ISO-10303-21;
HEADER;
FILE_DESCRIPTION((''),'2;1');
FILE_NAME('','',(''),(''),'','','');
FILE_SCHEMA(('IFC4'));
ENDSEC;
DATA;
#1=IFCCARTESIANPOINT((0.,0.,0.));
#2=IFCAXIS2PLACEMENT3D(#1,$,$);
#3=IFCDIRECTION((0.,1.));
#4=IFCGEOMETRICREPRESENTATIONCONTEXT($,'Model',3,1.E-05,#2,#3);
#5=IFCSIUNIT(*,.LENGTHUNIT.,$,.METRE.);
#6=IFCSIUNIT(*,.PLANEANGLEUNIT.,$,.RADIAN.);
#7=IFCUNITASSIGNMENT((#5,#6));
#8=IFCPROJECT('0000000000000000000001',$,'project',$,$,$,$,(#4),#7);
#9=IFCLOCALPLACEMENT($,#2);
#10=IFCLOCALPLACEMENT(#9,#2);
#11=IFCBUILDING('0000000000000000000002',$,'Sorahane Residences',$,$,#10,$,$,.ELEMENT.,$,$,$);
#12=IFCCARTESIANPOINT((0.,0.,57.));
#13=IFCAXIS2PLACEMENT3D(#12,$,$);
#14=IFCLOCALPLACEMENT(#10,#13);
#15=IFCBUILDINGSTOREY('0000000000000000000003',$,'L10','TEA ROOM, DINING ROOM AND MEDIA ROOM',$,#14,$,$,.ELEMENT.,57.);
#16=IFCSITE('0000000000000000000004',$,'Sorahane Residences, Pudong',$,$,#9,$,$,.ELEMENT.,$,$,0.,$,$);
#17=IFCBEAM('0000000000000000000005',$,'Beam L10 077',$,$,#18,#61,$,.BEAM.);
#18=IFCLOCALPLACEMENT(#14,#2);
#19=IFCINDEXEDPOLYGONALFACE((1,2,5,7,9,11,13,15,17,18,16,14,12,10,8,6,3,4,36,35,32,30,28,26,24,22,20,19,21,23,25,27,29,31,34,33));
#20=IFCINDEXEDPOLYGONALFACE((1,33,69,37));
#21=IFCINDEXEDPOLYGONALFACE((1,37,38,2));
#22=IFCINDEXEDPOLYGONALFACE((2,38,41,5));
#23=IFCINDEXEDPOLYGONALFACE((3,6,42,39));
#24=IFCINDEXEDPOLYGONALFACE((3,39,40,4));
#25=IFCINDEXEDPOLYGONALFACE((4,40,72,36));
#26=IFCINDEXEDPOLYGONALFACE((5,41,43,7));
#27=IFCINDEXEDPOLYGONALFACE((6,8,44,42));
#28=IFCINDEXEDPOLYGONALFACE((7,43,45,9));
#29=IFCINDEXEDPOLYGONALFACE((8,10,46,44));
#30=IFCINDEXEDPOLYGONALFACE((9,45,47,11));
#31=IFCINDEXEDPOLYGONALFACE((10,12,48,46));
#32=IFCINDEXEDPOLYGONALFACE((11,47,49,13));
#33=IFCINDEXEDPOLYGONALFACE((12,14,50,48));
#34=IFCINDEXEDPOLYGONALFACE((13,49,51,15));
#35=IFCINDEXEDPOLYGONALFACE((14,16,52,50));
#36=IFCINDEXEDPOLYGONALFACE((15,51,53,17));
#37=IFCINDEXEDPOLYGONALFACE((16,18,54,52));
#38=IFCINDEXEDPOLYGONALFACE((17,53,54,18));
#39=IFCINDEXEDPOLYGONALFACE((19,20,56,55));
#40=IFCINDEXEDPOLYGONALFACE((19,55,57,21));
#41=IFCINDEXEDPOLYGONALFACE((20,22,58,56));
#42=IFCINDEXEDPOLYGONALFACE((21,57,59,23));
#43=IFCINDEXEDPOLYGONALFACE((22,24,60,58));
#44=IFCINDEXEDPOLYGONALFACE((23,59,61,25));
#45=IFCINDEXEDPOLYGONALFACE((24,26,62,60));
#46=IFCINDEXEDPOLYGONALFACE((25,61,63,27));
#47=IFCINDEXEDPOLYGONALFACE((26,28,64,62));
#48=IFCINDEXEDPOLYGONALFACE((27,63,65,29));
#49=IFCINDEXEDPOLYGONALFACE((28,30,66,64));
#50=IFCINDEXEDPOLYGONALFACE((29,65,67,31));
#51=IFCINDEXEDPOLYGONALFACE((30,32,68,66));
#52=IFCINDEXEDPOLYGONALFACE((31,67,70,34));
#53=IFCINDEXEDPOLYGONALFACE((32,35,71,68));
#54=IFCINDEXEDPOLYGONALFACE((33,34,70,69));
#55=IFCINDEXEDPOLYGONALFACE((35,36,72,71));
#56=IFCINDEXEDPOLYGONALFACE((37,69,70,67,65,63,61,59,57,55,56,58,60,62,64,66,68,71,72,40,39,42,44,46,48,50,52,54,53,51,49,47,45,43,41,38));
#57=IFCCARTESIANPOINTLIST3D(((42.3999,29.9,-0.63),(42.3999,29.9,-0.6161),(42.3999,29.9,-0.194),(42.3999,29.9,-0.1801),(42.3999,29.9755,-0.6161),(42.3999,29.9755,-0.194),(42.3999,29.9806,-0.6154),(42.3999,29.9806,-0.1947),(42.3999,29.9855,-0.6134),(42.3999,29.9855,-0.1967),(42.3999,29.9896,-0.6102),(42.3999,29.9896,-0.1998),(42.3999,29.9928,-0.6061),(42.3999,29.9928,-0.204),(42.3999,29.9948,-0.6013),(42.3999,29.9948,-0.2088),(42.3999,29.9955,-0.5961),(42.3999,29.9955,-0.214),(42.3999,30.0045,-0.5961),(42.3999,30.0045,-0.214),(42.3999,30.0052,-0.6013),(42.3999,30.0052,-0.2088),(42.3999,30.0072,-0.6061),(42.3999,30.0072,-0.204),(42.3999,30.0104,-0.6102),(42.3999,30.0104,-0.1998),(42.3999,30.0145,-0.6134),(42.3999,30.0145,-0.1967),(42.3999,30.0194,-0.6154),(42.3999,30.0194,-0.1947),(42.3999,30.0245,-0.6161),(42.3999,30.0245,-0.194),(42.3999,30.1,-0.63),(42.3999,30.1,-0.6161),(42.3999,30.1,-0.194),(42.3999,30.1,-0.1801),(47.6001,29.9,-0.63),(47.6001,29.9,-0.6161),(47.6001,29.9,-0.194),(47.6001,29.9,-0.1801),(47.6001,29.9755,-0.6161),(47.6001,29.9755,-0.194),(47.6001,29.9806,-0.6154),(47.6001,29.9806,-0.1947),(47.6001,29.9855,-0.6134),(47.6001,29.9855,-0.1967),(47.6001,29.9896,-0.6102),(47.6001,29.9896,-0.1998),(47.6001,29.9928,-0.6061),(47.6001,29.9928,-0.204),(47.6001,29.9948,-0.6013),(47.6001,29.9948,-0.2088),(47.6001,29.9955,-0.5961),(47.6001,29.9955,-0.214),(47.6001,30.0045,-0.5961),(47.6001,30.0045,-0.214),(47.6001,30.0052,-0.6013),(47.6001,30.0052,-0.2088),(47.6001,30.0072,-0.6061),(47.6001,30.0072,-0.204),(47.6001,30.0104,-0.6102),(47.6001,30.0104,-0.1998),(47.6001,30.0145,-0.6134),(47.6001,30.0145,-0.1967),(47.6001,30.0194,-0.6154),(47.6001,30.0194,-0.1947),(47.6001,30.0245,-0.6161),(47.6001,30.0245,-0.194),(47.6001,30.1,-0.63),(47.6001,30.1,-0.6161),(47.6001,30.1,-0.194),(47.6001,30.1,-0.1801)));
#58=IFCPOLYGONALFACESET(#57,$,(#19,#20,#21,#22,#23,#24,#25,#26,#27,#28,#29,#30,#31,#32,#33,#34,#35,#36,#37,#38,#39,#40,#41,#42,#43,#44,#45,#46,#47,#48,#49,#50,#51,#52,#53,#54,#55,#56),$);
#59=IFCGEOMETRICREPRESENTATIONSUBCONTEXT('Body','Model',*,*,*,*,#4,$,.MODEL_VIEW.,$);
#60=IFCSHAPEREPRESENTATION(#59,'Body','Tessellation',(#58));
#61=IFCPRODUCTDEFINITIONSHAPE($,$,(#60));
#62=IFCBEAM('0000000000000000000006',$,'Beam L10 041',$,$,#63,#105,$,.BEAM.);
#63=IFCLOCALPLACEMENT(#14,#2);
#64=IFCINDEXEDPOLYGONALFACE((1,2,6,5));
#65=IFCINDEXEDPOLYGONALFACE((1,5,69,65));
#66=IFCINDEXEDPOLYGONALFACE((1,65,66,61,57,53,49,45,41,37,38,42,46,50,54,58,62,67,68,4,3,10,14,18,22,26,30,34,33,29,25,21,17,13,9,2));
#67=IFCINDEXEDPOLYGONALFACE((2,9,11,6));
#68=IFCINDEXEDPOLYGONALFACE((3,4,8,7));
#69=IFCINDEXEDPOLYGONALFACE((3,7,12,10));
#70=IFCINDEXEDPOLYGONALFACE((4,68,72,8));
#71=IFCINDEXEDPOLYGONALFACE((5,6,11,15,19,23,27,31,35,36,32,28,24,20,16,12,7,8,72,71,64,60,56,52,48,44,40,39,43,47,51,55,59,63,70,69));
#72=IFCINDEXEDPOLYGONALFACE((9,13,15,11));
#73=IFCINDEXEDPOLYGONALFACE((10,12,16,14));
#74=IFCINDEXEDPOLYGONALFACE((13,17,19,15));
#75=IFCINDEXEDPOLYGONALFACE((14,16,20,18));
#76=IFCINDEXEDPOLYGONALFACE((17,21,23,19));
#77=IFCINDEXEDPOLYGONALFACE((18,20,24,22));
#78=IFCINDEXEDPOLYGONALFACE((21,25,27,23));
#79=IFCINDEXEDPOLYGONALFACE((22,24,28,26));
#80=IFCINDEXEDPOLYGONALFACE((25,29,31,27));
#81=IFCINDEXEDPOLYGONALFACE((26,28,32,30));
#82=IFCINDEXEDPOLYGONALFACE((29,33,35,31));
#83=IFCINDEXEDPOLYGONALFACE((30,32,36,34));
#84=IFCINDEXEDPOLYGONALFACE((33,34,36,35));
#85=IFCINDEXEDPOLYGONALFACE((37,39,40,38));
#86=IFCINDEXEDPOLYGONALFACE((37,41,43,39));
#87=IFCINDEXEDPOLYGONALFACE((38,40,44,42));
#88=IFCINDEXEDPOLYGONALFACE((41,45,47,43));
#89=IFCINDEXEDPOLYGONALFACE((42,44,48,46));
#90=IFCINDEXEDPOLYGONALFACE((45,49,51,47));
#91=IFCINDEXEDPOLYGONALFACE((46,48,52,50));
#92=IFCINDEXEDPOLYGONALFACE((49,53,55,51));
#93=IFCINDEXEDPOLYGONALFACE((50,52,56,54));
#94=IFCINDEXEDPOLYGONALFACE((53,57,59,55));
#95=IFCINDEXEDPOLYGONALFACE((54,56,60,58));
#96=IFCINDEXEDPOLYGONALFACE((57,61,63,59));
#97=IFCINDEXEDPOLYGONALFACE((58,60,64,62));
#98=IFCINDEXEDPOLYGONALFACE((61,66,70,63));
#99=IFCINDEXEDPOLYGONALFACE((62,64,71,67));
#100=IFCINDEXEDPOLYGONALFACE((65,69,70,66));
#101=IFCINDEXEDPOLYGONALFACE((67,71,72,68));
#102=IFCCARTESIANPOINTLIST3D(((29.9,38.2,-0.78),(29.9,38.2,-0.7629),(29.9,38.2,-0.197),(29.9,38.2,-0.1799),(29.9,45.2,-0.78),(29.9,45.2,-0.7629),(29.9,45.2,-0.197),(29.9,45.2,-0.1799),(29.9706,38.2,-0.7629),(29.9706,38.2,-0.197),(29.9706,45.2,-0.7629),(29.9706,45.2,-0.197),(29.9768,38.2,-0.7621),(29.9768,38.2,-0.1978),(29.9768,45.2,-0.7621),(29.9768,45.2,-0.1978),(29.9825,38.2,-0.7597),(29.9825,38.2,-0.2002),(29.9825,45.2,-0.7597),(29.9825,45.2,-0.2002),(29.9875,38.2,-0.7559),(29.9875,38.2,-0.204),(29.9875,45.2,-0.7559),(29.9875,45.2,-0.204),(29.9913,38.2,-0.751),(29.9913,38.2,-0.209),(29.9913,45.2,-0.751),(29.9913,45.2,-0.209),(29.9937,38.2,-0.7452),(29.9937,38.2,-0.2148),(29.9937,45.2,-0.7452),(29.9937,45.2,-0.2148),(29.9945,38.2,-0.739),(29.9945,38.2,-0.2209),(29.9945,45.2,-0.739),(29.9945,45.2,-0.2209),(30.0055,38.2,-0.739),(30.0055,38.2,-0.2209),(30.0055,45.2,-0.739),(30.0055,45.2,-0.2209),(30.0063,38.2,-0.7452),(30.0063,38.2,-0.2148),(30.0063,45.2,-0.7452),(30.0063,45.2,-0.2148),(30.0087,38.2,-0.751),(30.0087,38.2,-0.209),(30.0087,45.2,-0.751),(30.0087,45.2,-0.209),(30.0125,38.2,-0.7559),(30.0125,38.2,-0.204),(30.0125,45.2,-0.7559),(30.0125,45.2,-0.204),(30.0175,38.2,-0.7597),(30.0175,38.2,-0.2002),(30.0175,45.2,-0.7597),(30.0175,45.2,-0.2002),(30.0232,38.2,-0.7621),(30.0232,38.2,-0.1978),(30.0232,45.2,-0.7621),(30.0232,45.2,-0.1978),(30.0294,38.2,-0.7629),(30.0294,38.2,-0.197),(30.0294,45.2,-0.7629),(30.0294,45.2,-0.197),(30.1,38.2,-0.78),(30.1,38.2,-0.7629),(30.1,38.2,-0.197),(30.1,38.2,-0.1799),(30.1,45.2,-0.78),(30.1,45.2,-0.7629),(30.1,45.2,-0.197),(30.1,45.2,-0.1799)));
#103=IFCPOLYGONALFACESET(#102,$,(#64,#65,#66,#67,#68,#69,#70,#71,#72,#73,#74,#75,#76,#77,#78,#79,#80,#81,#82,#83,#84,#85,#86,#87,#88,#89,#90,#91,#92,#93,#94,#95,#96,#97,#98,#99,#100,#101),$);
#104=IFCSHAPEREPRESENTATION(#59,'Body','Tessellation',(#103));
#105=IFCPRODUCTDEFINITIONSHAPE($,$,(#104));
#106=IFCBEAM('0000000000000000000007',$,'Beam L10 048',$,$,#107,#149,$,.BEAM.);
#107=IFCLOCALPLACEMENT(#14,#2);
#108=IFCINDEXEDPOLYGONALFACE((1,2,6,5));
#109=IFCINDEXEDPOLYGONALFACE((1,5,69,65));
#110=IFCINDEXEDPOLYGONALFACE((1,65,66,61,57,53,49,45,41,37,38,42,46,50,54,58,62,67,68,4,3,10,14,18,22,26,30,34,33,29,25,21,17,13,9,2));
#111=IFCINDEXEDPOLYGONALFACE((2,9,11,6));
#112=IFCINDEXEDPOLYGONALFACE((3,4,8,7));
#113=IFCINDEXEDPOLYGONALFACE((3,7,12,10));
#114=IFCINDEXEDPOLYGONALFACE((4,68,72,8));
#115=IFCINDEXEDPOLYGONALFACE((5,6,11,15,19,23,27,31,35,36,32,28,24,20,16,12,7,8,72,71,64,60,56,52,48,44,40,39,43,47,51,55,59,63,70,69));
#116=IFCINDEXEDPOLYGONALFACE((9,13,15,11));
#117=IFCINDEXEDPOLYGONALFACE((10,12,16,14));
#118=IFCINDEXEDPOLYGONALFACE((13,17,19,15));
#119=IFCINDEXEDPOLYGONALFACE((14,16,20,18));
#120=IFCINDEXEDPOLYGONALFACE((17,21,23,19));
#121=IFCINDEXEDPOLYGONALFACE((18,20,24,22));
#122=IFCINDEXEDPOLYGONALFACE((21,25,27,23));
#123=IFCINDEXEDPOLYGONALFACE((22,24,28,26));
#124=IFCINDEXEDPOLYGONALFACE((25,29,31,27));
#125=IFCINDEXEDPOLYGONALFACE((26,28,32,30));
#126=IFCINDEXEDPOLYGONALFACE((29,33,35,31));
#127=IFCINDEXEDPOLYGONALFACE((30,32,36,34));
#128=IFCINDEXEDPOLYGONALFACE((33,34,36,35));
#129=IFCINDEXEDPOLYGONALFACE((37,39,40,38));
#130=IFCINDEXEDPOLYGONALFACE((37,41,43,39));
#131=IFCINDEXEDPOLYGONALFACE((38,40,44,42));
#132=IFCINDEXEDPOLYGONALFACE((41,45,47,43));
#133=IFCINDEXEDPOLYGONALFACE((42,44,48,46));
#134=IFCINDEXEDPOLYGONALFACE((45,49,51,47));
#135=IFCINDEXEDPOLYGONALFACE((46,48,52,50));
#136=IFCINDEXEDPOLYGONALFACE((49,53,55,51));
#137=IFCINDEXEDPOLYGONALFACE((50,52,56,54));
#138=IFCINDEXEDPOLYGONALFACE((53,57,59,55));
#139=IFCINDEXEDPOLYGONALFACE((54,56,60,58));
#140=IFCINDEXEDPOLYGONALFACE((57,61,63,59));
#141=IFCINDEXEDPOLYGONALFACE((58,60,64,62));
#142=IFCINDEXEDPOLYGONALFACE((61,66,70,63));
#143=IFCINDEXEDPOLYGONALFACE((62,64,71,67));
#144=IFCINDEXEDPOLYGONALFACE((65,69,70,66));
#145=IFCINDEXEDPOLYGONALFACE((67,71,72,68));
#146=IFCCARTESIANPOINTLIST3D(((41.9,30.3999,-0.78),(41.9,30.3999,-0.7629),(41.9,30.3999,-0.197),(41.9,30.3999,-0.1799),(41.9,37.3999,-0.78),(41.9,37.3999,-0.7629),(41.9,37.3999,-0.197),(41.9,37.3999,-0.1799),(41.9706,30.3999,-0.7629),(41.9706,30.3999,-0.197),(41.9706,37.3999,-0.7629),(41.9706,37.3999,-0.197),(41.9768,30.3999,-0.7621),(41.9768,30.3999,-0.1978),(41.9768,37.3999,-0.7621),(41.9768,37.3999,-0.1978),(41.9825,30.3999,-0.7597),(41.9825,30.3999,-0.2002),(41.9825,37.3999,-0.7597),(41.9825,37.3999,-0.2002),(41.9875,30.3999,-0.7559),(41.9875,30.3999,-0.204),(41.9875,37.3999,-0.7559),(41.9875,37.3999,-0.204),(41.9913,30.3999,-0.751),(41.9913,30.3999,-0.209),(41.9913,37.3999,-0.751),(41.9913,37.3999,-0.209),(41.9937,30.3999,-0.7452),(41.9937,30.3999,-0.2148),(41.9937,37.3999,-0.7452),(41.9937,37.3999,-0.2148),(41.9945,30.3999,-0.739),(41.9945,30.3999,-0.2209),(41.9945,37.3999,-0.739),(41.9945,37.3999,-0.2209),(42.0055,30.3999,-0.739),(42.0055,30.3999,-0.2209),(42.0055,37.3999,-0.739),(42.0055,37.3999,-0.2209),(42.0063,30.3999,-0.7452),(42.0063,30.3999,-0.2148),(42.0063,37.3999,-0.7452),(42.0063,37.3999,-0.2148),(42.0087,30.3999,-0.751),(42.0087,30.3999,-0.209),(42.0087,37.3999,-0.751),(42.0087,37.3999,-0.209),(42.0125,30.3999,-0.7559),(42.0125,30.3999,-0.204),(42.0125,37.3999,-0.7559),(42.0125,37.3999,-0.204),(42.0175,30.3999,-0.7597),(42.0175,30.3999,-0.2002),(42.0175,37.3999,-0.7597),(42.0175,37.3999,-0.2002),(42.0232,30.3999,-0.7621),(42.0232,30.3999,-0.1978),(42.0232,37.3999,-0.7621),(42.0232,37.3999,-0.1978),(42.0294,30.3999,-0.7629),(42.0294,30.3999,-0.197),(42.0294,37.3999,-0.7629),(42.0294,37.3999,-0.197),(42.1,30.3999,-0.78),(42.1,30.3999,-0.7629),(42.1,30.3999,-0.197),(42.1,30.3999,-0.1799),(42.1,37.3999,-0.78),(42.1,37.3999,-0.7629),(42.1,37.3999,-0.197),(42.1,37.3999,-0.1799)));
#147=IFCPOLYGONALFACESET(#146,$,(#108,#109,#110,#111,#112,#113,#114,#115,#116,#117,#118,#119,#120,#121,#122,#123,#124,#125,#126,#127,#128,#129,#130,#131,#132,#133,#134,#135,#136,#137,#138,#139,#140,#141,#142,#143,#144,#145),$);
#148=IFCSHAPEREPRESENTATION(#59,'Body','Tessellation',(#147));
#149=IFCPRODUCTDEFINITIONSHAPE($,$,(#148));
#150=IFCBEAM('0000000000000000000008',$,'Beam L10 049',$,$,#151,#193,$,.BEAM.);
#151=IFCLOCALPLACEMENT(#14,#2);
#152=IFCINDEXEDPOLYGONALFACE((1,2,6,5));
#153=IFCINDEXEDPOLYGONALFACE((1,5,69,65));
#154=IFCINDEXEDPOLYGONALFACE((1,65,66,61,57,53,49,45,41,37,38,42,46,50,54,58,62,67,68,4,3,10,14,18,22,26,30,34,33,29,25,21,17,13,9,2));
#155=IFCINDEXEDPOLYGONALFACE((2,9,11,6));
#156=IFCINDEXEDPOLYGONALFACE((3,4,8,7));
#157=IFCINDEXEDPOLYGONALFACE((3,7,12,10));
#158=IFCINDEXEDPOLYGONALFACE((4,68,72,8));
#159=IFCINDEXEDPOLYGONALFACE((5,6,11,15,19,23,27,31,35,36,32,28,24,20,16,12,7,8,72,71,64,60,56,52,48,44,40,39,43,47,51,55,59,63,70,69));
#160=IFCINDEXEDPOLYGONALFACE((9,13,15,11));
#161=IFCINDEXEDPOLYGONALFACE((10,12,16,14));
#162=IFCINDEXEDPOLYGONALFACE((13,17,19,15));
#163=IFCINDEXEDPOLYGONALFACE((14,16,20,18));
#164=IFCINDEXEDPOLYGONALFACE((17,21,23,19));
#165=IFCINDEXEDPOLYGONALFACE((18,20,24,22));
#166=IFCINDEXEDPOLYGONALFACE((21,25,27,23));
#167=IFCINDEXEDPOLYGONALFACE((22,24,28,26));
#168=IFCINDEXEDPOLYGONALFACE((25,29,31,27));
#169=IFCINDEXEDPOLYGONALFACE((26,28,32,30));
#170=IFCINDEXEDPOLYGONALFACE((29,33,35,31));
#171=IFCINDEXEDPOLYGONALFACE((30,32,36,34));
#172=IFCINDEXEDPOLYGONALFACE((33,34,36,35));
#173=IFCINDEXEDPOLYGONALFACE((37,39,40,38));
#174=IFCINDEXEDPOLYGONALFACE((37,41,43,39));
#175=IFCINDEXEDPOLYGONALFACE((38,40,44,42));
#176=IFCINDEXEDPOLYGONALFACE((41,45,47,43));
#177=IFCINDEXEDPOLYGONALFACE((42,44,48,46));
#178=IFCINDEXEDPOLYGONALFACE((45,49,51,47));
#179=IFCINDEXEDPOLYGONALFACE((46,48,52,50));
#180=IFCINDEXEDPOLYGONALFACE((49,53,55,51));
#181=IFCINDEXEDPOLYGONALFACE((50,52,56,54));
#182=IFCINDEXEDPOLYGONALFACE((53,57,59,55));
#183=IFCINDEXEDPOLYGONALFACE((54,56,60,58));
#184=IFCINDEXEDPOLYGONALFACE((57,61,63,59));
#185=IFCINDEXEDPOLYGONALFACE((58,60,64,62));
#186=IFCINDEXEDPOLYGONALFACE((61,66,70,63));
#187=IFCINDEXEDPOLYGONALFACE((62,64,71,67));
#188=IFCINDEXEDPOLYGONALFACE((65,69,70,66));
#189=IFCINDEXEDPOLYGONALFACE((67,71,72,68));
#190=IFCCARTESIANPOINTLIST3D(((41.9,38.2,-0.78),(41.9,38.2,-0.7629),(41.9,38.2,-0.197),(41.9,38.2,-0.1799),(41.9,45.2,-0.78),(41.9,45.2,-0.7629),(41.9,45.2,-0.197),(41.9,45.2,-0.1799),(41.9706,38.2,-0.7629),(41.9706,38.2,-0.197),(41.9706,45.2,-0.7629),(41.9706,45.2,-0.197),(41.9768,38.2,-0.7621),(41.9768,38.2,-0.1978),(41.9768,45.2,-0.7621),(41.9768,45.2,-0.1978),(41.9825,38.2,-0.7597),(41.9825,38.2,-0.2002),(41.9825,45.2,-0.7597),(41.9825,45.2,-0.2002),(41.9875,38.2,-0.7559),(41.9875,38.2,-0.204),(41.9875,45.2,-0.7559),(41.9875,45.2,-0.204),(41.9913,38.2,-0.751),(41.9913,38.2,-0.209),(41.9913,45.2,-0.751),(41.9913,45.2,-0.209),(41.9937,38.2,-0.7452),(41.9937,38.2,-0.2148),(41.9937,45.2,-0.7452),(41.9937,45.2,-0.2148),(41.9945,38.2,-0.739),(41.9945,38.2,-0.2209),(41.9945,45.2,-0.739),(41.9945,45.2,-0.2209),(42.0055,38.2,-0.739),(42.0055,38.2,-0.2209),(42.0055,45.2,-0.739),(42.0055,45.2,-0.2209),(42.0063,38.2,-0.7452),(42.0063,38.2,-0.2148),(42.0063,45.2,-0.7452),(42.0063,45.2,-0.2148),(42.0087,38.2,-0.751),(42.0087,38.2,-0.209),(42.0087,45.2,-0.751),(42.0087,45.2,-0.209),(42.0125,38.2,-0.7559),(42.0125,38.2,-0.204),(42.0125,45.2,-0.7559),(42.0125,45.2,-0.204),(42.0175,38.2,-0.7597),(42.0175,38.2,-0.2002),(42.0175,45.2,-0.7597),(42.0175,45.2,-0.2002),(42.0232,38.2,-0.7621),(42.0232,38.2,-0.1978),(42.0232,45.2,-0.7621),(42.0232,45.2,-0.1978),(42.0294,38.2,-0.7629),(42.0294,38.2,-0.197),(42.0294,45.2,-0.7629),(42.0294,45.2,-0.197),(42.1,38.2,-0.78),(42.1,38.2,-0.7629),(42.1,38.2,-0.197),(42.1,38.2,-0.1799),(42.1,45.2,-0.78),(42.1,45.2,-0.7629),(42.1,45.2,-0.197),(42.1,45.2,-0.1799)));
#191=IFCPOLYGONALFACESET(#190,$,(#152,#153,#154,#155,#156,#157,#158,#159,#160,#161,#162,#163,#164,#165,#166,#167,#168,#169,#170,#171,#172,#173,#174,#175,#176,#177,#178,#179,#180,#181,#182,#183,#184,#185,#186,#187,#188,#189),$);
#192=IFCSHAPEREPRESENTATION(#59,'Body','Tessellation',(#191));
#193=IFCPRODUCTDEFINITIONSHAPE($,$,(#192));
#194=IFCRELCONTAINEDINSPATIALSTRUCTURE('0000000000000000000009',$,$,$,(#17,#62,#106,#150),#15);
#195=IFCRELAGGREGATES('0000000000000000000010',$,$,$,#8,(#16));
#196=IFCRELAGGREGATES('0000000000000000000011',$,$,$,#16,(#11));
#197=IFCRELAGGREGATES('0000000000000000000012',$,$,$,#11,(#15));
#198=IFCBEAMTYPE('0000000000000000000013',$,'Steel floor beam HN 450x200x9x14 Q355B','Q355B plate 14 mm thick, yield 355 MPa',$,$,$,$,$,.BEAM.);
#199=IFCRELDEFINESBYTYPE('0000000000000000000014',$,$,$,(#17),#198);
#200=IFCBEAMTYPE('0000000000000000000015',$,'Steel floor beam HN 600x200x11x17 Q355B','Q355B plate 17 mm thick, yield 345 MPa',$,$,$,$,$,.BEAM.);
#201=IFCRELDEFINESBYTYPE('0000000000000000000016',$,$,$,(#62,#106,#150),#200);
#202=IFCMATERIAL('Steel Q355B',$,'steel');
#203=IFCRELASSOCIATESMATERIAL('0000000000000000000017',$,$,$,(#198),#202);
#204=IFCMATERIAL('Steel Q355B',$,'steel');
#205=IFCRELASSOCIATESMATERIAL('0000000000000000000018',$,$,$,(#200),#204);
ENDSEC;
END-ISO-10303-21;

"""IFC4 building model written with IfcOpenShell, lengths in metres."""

from ifc_helpers import new_model, si_unit, direction, frame, origin, origin_2d, place, context, subcontext, project, spatial, i_section, extrude, material, material_profile, profile_set, type_object, element, save


model = new_model("IFC4")

# Units and contexts
model_context = context("Model", 3, precision=1e-05, world=origin(), true_north=direction((0.0, 1.0)))
body_context = subcontext(model_context, "Body", "Model", "MODEL_VIEW")
ifc_project = project(units=[si_unit("LENGTHUNIT", "METRE"), si_unit("PLANEANGLEUNIT", "RADIAN")], contexts=[model_context])

# Site, building, storey
site_placement = place(None, origin())
site = spatial("IfcSite", under=ifc_project, at=site_placement, Name="Sorahane Residences, Pudong", CompositionType="ELEMENT", RefElevation=0.0)
building_placement = place(site_placement, origin())
building = spatial("IfcBuilding", under=site, at=building_placement, Name="Sorahane Residences", CompositionType="ELEMENT")
storey_placement = place(building_placement, frame((0.0, 0.0, 57.0)))
storey = spatial("IfcBuildingStorey", under=building, at=storey_placement, Name="L10", Description="TEA ROOM, DINING ROOM AND MEDIA ROOM", CompositionType="ELEMENT", Elevation=57.0)

# Beams
ifc_material_1 = material(Name="Steel Q355B", Category="steel")
ifc_material_profile_1 = material_profile(ifc_material_1, i_section(OverallWidth=0.2, OverallDepth=0.45, WebThickness=0.009, FlangeThickness=0.0139, FilletRadius=0.02, at=origin_2d()), Name="HN 450x200x9x14")
ifc_profile_set_1 = profile_set([ifc_material_profile_1], Name="Steel Q355B")
beam_type_1 = type_object("IfcBeamType", Name="Steel floor beam HN 450x200x9x14 Q355B", Description="Q355B plate 14 mm thick, yield 355 MPa", PredefinedType="BEAM", material=ifc_profile_set_1)
for number, where, z_axis, x_axis, name in (
    (1, (42.3999, 30.0, -0.405), (1.0, 0.0, 0.0), (0.0, 1.0, 0.0), "Beam L10 077"),
):
    element("IfcBeam", number, at=place(storey_placement, frame(where, z_axis=z_axis, x_axis=x_axis)), inside=storey, type_object=beam_type_1, Name=name, PredefinedType="BEAM", context=body_context, shape_type="SweptSolid", body=[
        extrude(i_section(OverallWidth=0.2, OverallDepth=0.45, WebThickness=0.009, FlangeThickness=0.0139, FilletRadius=0.02, at=origin_2d()), origin(), (0.0, 0.0, 1.0), 5.2002),
    ])
ifc_material_2 = material(Name="Steel Q355B", Category="steel")
ifc_material_profile_2 = material_profile(ifc_material_2, i_section(OverallWidth=0.2, OverallDepth=0.6001, WebThickness=0.011, FlangeThickness=0.0171, FilletRadius=0.0239, at=origin_2d()), Name="HN 600x200x11x17")
ifc_profile_set_2 = profile_set([ifc_material_profile_2], Name="Steel Q355B")
beam_type_2 = type_object("IfcBeamType", Name="Steel floor beam HN 600x200x11x17 Q355B", Description="Q355B plate 17 mm thick, yield 345 MPa", PredefinedType="BEAM", material=ifc_profile_set_2)
for number, where, z_axis, x_axis, name in (
    (2, (30.0, 38.2, -0.48), (0.0, 1.0, 0.0), (-1.0, 0.0, 0.0), "Beam L10 041"),
    (3, (42.0, 30.3999, -0.48), (0.0, 1.0, 0.0), (-1.0, 0.0, 0.0), "Beam L10 048"),
    (4, (42.0, 38.2, -0.48), (0.0, 1.0, 0.0), (-1.0, 0.0, 0.0), "Beam L10 049"),
):
    element("IfcBeam", number, at=place(storey_placement, frame(where, z_axis=z_axis, x_axis=x_axis)), inside=storey, type_object=beam_type_2, Name=name, PredefinedType="BEAM", context=body_context, shape_type="SweptSolid", body=[
        extrude(i_section(OverallWidth=0.2, OverallDepth=0.6001, WebThickness=0.011, FlangeThickness=0.0171, FilletRadius=0.0239, at=origin_2d()), origin(), (0.0, 0.0, 1.0), 7.0),
    ])

save(model, "model.ifc")
